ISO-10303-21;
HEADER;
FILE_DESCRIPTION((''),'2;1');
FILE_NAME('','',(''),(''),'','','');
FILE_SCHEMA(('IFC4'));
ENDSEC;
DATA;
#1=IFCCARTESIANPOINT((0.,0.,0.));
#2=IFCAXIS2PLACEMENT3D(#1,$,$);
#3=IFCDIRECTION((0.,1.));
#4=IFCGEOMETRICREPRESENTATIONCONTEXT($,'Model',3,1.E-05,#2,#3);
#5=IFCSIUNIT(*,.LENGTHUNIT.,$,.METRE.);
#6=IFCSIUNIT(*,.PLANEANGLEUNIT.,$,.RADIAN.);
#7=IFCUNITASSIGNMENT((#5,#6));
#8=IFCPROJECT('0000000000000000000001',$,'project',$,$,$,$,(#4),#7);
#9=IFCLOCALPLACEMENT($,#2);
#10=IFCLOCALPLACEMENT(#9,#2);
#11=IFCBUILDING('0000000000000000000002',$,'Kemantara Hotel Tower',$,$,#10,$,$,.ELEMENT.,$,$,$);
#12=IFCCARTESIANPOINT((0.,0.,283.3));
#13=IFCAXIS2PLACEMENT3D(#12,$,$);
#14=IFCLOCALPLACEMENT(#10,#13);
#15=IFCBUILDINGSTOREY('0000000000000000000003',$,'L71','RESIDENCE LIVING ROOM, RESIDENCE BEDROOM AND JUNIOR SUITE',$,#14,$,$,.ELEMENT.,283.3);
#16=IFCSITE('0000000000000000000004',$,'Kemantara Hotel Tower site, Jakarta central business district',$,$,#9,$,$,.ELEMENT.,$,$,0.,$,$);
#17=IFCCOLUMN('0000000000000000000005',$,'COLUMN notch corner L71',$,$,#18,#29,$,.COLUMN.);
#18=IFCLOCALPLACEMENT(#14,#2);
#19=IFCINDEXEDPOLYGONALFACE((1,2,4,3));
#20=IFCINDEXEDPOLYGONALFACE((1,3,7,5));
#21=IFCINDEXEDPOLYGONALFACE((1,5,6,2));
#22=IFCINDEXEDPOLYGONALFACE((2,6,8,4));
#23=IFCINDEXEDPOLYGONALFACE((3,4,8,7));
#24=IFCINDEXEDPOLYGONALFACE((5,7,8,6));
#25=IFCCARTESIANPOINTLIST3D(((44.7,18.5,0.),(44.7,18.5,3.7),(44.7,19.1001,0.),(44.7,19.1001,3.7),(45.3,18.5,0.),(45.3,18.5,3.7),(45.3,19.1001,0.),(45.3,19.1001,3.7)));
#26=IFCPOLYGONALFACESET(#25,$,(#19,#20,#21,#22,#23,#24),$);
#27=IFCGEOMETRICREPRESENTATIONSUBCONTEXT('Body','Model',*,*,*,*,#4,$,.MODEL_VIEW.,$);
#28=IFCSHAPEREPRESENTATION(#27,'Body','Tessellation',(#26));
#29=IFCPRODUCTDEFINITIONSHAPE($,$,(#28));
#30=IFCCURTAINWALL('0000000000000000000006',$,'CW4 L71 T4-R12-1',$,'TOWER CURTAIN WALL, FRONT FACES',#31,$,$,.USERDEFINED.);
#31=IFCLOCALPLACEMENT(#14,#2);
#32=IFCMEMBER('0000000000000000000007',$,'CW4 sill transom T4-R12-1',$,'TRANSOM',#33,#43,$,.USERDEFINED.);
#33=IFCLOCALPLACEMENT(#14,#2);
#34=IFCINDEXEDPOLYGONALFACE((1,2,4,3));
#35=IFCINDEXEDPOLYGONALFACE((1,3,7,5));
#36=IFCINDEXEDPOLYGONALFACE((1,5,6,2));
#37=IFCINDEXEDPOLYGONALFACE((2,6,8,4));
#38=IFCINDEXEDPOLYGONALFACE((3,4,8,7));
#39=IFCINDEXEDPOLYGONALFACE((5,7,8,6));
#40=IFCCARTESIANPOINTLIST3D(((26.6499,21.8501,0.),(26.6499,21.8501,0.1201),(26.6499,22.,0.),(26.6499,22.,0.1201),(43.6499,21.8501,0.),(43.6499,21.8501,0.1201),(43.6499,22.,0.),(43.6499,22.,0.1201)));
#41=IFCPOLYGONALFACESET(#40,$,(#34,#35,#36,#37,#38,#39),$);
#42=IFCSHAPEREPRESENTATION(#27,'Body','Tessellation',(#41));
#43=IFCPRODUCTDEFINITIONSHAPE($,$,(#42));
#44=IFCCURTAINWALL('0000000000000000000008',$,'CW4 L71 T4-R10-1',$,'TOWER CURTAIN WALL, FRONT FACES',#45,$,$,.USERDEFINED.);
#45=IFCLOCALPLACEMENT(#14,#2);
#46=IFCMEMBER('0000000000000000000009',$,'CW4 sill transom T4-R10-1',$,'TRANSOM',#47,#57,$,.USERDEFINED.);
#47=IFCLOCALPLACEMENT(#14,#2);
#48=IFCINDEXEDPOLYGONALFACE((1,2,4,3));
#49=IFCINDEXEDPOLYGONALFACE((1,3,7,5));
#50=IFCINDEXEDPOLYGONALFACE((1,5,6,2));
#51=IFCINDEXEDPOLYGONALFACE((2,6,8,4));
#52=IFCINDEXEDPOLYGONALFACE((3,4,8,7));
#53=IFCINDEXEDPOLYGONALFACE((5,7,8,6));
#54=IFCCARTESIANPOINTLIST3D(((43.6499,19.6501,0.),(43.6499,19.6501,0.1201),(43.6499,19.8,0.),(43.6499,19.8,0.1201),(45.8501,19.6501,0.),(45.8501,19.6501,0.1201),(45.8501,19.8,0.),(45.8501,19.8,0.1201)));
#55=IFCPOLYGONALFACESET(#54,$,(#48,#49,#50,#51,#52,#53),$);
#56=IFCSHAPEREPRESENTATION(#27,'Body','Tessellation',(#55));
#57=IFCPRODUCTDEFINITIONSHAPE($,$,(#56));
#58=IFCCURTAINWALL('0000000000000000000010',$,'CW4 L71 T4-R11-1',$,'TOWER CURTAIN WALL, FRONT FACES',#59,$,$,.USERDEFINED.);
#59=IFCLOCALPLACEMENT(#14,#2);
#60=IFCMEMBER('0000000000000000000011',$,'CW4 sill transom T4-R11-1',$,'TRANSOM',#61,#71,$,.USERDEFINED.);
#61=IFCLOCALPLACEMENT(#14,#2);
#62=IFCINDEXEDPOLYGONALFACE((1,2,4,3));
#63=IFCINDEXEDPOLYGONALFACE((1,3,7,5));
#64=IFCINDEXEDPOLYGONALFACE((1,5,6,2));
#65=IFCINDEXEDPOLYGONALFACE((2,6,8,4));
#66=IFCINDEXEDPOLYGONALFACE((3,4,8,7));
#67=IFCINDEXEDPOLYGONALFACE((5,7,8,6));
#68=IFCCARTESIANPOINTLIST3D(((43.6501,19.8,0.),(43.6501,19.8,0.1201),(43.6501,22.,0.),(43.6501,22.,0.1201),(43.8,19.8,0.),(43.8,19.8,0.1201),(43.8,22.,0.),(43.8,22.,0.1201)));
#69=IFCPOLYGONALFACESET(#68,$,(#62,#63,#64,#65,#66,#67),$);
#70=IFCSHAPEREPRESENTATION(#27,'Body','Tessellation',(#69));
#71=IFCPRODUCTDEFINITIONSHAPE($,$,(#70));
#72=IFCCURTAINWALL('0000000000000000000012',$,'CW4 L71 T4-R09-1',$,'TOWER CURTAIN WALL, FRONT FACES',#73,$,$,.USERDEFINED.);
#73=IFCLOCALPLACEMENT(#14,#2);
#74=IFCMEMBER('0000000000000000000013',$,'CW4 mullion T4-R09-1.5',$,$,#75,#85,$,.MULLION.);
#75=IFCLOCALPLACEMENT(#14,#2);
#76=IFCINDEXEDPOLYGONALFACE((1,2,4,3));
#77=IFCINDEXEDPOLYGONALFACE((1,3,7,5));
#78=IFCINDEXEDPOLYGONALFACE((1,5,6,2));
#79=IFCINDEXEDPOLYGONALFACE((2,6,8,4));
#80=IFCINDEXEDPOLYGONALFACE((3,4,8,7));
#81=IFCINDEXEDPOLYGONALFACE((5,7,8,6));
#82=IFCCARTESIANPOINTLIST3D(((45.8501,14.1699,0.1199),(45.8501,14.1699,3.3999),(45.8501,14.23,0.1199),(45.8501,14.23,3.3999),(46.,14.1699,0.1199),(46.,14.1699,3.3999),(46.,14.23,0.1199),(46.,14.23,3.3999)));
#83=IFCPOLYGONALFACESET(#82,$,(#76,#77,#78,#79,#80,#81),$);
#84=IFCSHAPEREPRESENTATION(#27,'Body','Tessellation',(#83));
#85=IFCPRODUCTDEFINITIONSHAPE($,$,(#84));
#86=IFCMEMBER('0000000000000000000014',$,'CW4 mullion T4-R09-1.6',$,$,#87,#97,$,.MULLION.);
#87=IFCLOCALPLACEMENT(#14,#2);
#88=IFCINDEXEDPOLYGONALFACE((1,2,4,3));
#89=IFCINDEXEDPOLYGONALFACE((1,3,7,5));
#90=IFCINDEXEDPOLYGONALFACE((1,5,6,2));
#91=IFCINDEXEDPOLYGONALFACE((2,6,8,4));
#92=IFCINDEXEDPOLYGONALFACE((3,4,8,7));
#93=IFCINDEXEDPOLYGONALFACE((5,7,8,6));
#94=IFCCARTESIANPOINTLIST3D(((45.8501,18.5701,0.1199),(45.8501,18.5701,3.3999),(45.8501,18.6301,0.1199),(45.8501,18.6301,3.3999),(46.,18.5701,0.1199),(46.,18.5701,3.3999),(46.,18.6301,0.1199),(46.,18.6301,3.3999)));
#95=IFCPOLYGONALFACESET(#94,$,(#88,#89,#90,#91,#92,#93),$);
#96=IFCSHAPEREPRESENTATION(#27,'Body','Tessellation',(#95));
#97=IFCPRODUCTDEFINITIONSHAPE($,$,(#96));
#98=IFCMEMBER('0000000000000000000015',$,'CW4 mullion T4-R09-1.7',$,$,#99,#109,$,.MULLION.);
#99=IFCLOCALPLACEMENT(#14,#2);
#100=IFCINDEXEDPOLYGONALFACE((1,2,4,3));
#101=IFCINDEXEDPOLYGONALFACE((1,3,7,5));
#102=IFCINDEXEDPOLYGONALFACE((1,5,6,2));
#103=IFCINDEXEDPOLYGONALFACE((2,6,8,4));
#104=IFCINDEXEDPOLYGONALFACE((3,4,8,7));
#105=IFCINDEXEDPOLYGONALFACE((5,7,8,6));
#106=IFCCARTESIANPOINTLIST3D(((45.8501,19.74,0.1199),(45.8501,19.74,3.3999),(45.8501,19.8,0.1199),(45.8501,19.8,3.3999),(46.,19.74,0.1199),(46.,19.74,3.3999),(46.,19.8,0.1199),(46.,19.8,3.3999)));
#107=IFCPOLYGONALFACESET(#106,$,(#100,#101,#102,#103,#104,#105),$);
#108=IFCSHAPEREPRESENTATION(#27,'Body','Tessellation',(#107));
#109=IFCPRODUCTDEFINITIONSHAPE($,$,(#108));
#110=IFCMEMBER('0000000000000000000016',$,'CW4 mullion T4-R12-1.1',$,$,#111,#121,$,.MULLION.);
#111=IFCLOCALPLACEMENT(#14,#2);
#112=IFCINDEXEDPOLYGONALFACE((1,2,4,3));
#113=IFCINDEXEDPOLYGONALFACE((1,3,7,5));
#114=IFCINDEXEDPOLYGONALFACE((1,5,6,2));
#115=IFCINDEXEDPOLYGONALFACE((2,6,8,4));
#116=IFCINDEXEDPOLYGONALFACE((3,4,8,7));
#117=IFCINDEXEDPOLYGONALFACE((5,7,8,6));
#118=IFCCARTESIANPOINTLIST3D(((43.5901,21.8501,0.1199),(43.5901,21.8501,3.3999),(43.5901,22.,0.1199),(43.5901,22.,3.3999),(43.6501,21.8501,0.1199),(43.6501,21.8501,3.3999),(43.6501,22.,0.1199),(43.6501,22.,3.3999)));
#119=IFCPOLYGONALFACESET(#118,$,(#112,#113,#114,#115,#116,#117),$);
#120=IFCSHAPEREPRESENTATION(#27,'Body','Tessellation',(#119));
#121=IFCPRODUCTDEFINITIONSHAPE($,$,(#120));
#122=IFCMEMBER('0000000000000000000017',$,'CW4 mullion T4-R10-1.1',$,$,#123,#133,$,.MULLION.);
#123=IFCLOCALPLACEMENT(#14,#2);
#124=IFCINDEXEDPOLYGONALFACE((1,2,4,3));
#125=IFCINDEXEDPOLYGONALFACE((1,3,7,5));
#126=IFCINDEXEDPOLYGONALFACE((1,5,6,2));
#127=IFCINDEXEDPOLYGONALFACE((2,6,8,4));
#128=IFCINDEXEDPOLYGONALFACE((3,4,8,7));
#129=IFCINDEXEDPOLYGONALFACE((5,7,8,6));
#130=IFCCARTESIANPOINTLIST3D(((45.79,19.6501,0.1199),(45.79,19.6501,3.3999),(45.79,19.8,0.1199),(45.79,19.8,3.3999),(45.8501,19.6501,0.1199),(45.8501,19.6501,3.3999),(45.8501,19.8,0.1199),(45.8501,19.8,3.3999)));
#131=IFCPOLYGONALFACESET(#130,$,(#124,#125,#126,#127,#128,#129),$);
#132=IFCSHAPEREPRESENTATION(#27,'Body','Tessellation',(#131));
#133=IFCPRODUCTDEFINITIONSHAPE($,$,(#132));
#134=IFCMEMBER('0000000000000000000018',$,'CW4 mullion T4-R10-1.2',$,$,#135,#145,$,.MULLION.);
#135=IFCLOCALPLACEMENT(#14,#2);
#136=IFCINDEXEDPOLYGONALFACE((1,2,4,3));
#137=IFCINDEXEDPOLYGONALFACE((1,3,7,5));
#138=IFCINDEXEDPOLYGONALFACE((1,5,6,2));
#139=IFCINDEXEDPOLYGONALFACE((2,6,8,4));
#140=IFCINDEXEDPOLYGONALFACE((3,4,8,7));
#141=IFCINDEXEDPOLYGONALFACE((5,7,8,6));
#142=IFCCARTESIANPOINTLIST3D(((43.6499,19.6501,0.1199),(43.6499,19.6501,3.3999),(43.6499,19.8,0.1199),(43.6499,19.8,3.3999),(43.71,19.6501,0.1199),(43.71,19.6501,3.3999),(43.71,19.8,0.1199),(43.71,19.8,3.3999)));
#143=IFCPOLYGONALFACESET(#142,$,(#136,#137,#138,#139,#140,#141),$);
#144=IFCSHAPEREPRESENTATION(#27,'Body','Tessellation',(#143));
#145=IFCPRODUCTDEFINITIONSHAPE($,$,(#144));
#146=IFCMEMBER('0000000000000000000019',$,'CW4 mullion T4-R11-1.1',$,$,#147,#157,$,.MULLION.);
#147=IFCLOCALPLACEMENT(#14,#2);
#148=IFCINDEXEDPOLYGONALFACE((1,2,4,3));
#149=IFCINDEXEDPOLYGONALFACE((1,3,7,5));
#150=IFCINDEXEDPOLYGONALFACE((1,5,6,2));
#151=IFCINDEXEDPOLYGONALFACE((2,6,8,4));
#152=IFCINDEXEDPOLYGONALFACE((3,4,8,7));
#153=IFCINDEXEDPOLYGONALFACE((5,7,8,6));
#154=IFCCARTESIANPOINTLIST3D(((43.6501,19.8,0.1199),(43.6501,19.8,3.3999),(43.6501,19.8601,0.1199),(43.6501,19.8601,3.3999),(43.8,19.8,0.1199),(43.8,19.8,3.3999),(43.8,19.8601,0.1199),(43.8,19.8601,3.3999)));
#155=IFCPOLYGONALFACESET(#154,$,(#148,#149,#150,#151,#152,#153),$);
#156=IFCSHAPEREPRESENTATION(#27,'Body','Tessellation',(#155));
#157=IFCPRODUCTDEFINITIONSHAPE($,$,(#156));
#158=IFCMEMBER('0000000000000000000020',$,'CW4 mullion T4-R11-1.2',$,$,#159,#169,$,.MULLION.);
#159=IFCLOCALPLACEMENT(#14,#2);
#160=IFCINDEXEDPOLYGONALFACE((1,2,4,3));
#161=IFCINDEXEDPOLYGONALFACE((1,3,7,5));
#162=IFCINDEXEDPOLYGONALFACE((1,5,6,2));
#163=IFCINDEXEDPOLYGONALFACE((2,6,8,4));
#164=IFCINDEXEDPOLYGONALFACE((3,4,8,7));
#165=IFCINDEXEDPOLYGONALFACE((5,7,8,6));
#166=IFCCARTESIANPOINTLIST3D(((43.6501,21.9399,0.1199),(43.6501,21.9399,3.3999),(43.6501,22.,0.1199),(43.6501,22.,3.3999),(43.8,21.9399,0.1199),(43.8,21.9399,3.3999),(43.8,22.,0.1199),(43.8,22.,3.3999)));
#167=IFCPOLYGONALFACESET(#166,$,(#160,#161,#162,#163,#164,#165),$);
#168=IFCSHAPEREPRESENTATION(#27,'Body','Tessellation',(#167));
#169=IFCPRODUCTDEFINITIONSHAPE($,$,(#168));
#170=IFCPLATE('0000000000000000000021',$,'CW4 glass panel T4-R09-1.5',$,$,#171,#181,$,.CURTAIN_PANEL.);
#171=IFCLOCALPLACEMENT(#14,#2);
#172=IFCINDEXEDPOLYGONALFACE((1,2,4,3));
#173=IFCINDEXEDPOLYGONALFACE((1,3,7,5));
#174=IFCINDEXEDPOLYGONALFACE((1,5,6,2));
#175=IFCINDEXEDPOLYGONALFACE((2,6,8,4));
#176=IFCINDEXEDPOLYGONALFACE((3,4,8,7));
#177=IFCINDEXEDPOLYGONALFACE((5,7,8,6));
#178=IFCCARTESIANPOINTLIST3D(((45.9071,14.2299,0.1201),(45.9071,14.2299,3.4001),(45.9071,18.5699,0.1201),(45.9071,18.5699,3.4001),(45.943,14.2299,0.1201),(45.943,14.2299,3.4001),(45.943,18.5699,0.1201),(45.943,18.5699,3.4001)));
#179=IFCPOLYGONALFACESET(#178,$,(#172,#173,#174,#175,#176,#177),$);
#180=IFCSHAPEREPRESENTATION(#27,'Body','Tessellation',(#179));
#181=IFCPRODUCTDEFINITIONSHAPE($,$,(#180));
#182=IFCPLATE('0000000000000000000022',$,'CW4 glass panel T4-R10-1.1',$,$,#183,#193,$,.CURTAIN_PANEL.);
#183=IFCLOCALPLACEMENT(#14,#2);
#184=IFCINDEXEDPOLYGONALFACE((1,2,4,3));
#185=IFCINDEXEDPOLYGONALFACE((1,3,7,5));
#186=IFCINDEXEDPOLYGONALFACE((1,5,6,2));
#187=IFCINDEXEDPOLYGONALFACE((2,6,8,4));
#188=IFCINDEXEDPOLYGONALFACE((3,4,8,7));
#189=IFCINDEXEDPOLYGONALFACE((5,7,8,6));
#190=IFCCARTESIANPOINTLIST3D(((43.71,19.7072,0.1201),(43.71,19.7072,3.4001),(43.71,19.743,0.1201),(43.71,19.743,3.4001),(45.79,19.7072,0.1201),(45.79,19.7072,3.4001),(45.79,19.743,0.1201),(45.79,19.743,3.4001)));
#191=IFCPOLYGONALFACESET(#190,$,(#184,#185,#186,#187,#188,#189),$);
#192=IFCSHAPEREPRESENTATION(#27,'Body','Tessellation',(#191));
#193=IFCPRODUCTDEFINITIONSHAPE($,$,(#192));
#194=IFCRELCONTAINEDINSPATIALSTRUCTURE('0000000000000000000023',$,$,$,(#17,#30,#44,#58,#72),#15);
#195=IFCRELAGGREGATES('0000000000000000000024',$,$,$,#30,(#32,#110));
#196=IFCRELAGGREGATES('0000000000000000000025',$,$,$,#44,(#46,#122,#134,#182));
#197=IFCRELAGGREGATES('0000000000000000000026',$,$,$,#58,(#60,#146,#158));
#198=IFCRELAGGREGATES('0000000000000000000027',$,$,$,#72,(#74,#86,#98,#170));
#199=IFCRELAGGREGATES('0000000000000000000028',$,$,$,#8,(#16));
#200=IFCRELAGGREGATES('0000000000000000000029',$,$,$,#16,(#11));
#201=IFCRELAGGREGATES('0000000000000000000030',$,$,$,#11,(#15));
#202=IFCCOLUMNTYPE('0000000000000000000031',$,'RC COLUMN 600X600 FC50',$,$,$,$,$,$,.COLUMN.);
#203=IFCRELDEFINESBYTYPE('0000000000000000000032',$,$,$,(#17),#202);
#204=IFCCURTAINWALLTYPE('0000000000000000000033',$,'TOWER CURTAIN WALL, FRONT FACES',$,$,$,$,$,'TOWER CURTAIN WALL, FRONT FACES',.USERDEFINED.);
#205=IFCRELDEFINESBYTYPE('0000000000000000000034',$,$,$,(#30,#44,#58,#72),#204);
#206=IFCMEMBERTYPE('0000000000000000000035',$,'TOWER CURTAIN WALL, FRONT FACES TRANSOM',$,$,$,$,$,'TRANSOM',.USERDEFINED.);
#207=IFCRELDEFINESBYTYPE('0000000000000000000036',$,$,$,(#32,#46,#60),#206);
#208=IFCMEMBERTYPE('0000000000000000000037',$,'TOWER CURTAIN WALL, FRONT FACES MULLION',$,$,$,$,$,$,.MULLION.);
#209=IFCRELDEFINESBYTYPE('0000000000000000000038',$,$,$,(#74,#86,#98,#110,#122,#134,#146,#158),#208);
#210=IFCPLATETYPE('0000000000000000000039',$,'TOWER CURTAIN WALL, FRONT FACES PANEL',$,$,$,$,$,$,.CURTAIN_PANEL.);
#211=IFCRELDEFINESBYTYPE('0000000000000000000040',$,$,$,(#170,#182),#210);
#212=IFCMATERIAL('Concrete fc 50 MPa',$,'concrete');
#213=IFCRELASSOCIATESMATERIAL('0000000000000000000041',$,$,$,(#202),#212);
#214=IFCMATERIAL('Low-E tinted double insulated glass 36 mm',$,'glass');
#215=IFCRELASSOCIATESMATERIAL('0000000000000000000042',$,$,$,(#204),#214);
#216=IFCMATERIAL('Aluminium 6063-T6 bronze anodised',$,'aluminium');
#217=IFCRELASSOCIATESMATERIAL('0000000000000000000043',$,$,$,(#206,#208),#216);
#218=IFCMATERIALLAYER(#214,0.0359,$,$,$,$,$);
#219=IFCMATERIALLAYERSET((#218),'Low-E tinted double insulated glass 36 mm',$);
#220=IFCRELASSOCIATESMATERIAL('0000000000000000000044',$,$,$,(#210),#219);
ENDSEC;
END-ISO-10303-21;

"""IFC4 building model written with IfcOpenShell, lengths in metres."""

from ifc_helpers import new_model, si_unit, direction, frame, origin, origin_2d, place, context, subcontext, project, spatial, rectangle, extrude, source, transform, mapped, material, layer, layer_set, material_profile, profile_set, type_object, element, aggregate, save


model = new_model("IFC4")

# Units and contexts
model_context = context("Model", 3, precision=1e-05, world=origin(), true_north=direction((0.0, 1.0)))
body_context = subcontext(model_context, "Body", "Model", "MODEL_VIEW")
ifc_project = project(units=[si_unit("LENGTHUNIT", "METRE"), si_unit("PLANEANGLEUNIT", "RADIAN")], contexts=[model_context])

# Site, building, storey
site_placement = place(None, origin())
site = spatial("IfcSite", under=ifc_project, at=site_placement, Name="Kemantara Hotel Tower site, Jakarta central business district", CompositionType="ELEMENT", RefElevation=0.0)
building_placement = place(site_placement, origin())
building = spatial("IfcBuilding", under=site, at=building_placement, Name="Kemantara Hotel Tower", CompositionType="ELEMENT")
storey_placement = place(building_placement, frame((0.0, 0.0, 283.3)))
storey = spatial("IfcBuildingStorey", under=building, at=storey_placement, Name="L71", Description="RESIDENCE LIVING ROOM, RESIDENCE BEDROOM AND JUNIOR SUITE", CompositionType="ELEMENT", Elevation=283.3)

# Column
ifc_material_1 = material(Name="Concrete fc 50 MPa", Category="concrete")
ifc_material_profile_1 = material_profile(ifc_material_1, rectangle(XDim=0.6001, YDim=0.6001, at=origin_2d()), Name="RC 600X600")
ifc_profile_set_1 = profile_set([ifc_material_profile_1], Name="Concrete fc 50 MPa")
column_type = type_object("IfcColumnType", Name="RC COLUMN 600X600 FC50", PredefinedType="COLUMN", material=ifc_profile_set_1)
column_placement = place(storey_placement, frame((45.0, 18.8, 0.0), z_axis=(0.0, 0.0, 1.0), x_axis=(1.0, 0.0, 0.0)))
element("IfcColumn", 1, at=column_placement, inside=storey, type_object=column_type, Name="COLUMN notch corner L71", PredefinedType="COLUMN", context=body_context, shape_type="SweptSolid", body=[
    extrude(rectangle(XDim=0.6001, YDim=0.6001, at=origin_2d()), origin(), (0.0, 0.0, 1.0), 3.7),
])

# Curtain walls, members
ifc_material_2 = material(Name="Low-E tinted double insulated glass 36 mm", Category="glass")
curtain_wall_type = type_object("IfcCurtainWallType", Name="TOWER CURTAIN WALL, FRONT FACES", ElementType="TOWER CURTAIN WALL, FRONT FACES", PredefinedType="USERDEFINED", material=ifc_material_2)
curtain_wall_1_placement = place(storey_placement, origin())
curtain_wall_1 = element("IfcCurtainWall", 2, at=curtain_wall_1_placement, inside=storey, type_object=curtain_wall_type, Name="CW4 L71 T4-R12-1", ObjectType="TOWER CURTAIN WALL, FRONT FACES", PredefinedType="USERDEFINED")
ifc_material_3 = material(Name="Aluminium 6063-T6 bronze anodised", Category="aluminium")
ifc_material_profile_2 = material_profile(ifc_material_3, rectangle(XDim=0.1499, YDim=0.1201, at=origin_2d()), Name="TOWER CURTAIN WALL, FRONT FACES TRANSOM")
ifc_profile_set_2 = profile_set([ifc_material_profile_2], Name="Aluminium 6063-T6 bronze anodised")
member_type_1 = type_object("IfcMemberType", Name="TOWER CURTAIN WALL, FRONT FACES TRANSOM", ElementType="TRANSOM", PredefinedType="USERDEFINED", material=ifc_profile_set_2)
member_1_placement = place(storey_placement, frame((43.6499, 21.925, 0.0601), z_axis=(-1.0, 0.0, 0.0), x_axis=(0.0, -1.0, 0.0)))
member_1 = element("IfcMember", 3, at=member_1_placement, type_object=member_type_1, Name="CW4 sill transom T4-R12-1", ObjectType="TRANSOM", PredefinedType="USERDEFINED", context=body_context, shape_type="SweptSolid", body=[
    extrude(rectangle(XDim=0.1499, YDim=0.1201, at=origin_2d()), origin(), (0.0, 0.0, 1.0), 17.0),
])
curtain_wall_2_placement = place(storey_placement, origin())
curtain_wall_2 = element("IfcCurtainWall", 4, at=curtain_wall_2_placement, inside=storey, type_object=curtain_wall_type, Name="CW4 L71 T4-R10-1", ObjectType="TOWER CURTAIN WALL, FRONT FACES", PredefinedType="USERDEFINED")
member_2_placement = place(storey_placement, frame((45.8501, 19.7251, 0.0601), z_axis=(-1.0, 0.0, 0.0), x_axis=(0.0, -1.0, 0.0)))
member_2 = element("IfcMember", 5, at=member_2_placement, type_object=member_type_1, Name="CW4 sill transom T4-R10-1", ObjectType="TRANSOM", PredefinedType="USERDEFINED", context=body_context, shape_type="SweptSolid", body=[
    extrude(rectangle(XDim=0.1499, YDim=0.1201, at=origin_2d()), origin(), (0.0, 0.0, 1.0), 2.2002),
])
curtain_wall_3_placement = place(storey_placement, origin())
curtain_wall_3 = element("IfcCurtainWall", 6, at=curtain_wall_3_placement, inside=storey, type_object=curtain_wall_type, Name="CW4 L71 T4-R11-1", ObjectType="TOWER CURTAIN WALL, FRONT FACES", PredefinedType="USERDEFINED")
member_3_placement = place(storey_placement, frame((43.7251, 19.8, 0.0601), z_axis=(0.0, 1.0, 0.0), x_axis=(-1.0, 0.0, 0.0)))
member_3 = element("IfcMember", 7, at=member_3_placement, type_object=member_type_1, Name="CW4 sill transom T4-R11-1", ObjectType="TRANSOM", PredefinedType="USERDEFINED", context=body_context, shape_type="SweptSolid", body=[
    extrude(rectangle(XDim=0.1499, YDim=0.1201, at=origin_2d()), origin(), (0.0, 0.0, 1.0), 2.2),
])

# Curtain wall, members
curtain_wall_4_placement = place(storey_placement, origin())
curtain_wall_4 = element("IfcCurtainWall", 8, at=curtain_wall_4_placement, inside=storey, type_object=curtain_wall_type, Name="CW4 L71 T4-R09-1", ObjectType="TOWER CURTAIN WALL, FRONT FACES", PredefinedType="USERDEFINED")
ifc_material_profile_3 = material_profile(ifc_material_3, rectangle(XDim=0.1499, YDim=0.0601, at=origin_2d()), Name="TOWER CURTAIN WALL, FRONT FACES MULLION")
ifc_profile_set_3 = profile_set([ifc_material_profile_3], Name="Aluminium 6063-T6 bronze anodised")
member_type_2 = type_object("IfcMemberType", Name="TOWER CURTAIN WALL, FRONT FACES MULLION", PredefinedType="MULLION", material=ifc_profile_set_3)
shared_shape_1 = source(origin(), body_context, "Body", "SweptSolid", [
    extrude(rectangle(XDim=0.1499, YDim=0.0601, at=origin_2d()), origin(), (0.0, 0.0, 1.0), 3.28),
])
member_4_placement = place(storey_placement, frame((45.925, 14.2, 0.1199), z_axis=(0.0, 0.0, 1.0), x_axis=(-1.0, 0.0, 0.0)))
member_4 = element("IfcMember", 9, at=member_4_placement, type_object=member_type_2, Name="CW4 mullion T4-R09-1.5", PredefinedType="MULLION", context=body_context, shape_type="MappedRepresentation", body=[
    mapped(shared_shape_1, transform((0.0, 0.0, 0.0))),
])
member_5_placement = place(storey_placement, frame((45.925, 18.6001, 0.1199), z_axis=(0.0, 0.0, 1.0), x_axis=(-1.0, 0.0, 0.0)))
member_5 = element("IfcMember", 10, at=member_5_placement, type_object=member_type_2, Name="CW4 mullion T4-R09-1.6", PredefinedType="MULLION", context=body_context, shape_type="MappedRepresentation", body=[
    mapped(shared_shape_1, transform((0.0, 0.0, 0.0))),
])
member_6_placement = place(storey_placement, frame((45.925, 19.77, 0.1199), z_axis=(0.0, 0.0, 1.0), x_axis=(-1.0, 0.0, 0.0)))
member_6 = element("IfcMember", 11, at=member_6_placement, type_object=member_type_2, Name="CW4 mullion T4-R09-1.7", PredefinedType="MULLION", context=body_context, shape_type="MappedRepresentation", body=[
    mapped(shared_shape_1, transform((0.0, 0.0, 0.0))),
])

# Members
member_7_placement = place(storey_placement, frame((43.6201, 21.925, 0.1199), z_axis=(0.0, 0.0, 1.0), x_axis=(0.0, -1.0, 0.0)))
member_7 = element("IfcMember", 12, at=member_7_placement, type_object=member_type_2, Name="CW4 mullion T4-R12-1.1", PredefinedType="MULLION", context=body_context, shape_type="MappedRepresentation", body=[
    mapped(shared_shape_1, transform((0.0, 0.0, 0.0))),
])
aggregate(curtain_wall_1, [member_1, member_7])
member_8_placement = place(storey_placement, frame((45.8201, 19.7251, 0.1199), z_axis=(0.0, 0.0, 1.0), x_axis=(0.0, -1.0, 0.0)))
member_8 = element("IfcMember", 13, at=member_8_placement, type_object=member_type_2, Name="CW4 mullion T4-R10-1.1", PredefinedType="MULLION", context=body_context, shape_type="MappedRepresentation", body=[
    mapped(shared_shape_1, transform((0.0, 0.0, 0.0))),
])
member_9_placement = place(storey_placement, frame((43.6799, 19.7251, 0.1199), z_axis=(0.0, 0.0, 1.0), x_axis=(0.0, -1.0, 0.0)))
member_9 = element("IfcMember", 14, at=member_9_placement, type_object=member_type_2, Name="CW4 mullion T4-R10-1.2", PredefinedType="MULLION", context=body_context, shape_type="MappedRepresentation", body=[
    mapped(shared_shape_1, transform((0.0, 0.0, 0.0))),
])
member_10_placement = place(storey_placement, frame((43.7251, 19.8301, 0.1199), z_axis=(0.0, 0.0, 1.0), x_axis=(-1.0, 0.0, 0.0)))
member_10 = element("IfcMember", 15, at=member_10_placement, type_object=member_type_2, Name="CW4 mullion T4-R11-1.1", PredefinedType="MULLION", context=body_context, shape_type="MappedRepresentation", body=[
    mapped(shared_shape_1, transform((0.0, 0.0, 0.0))),
])
member_11_placement = place(storey_placement, frame((43.7251, 21.97, 0.1199), z_axis=(0.0, 0.0, 1.0), x_axis=(-1.0, 0.0, 0.0)))
member_11 = element("IfcMember", 16, at=member_11_placement, type_object=member_type_2, Name="CW4 mullion T4-R11-1.2", PredefinedType="MULLION", context=body_context, shape_type="MappedRepresentation", body=[
    mapped(shared_shape_1, transform((0.0, 0.0, 0.0))),
])

# Plates
ifc_layer_1 = layer(ifc_material_2, 0.0359)
ifc_layer_set_1 = layer_set([ifc_layer_1], Name="Low-E tinted double insulated glass 36 mm")
plate_type = type_object("IfcPlateType", Name="TOWER CURTAIN WALL, FRONT FACES PANEL", PredefinedType="CURTAIN_PANEL", material=ifc_layer_set_1)
shared_shape_2 = source(origin(), body_context, "Body", "SweptSolid", [
    extrude(rectangle(XDim=4.3401, YDim=0.0359, at=origin_2d()), origin(), (0.0, 0.0, 1.0), 3.28),
])
plate_1_placement = place(storey_placement, frame((45.925, 16.3999, 0.1201), z_axis=(0.0, 0.0, 1.0), x_axis=(0.0, 1.0, 0.0)))
plate_1 = element("IfcPlate", 17, at=plate_1_placement, type_object=plate_type, Name="CW4 glass panel T4-R09-1.5", PredefinedType="CURTAIN_PANEL", context=body_context, shape_type="MappedRepresentation", body=[
    mapped(shared_shape_2, transform((0.0, 0.0, 0.0))),
])
shared_shape_3 = source(origin(), body_context, "Body", "SweptSolid", [
    extrude(rectangle(XDim=2.0801, YDim=0.0359, at=origin_2d()), origin(), (0.0, 0.0, 1.0), 3.28),
])
plate_2_placement = place(storey_placement, frame((44.75, 19.7251, 0.1201), z_axis=(0.0, 0.0, 1.0), x_axis=(-1.0, 0.0, 0.0)))
plate_2 = element("IfcPlate", 18, at=plate_2_placement, type_object=plate_type, Name="CW4 glass panel T4-R10-1.1", PredefinedType="CURTAIN_PANEL", context=body_context, shape_type="MappedRepresentation", body=[
    mapped(shared_shape_3, transform((0.0, 0.0, 0.0))),
])
aggregate(curtain_wall_2, [member_2, member_8, member_9, plate_2])
aggregate(curtain_wall_3, [member_3, member_10, member_11])
aggregate(curtain_wall_4, [member_4, member_5, member_6, plate_1])

save(model, "model.ifc")
